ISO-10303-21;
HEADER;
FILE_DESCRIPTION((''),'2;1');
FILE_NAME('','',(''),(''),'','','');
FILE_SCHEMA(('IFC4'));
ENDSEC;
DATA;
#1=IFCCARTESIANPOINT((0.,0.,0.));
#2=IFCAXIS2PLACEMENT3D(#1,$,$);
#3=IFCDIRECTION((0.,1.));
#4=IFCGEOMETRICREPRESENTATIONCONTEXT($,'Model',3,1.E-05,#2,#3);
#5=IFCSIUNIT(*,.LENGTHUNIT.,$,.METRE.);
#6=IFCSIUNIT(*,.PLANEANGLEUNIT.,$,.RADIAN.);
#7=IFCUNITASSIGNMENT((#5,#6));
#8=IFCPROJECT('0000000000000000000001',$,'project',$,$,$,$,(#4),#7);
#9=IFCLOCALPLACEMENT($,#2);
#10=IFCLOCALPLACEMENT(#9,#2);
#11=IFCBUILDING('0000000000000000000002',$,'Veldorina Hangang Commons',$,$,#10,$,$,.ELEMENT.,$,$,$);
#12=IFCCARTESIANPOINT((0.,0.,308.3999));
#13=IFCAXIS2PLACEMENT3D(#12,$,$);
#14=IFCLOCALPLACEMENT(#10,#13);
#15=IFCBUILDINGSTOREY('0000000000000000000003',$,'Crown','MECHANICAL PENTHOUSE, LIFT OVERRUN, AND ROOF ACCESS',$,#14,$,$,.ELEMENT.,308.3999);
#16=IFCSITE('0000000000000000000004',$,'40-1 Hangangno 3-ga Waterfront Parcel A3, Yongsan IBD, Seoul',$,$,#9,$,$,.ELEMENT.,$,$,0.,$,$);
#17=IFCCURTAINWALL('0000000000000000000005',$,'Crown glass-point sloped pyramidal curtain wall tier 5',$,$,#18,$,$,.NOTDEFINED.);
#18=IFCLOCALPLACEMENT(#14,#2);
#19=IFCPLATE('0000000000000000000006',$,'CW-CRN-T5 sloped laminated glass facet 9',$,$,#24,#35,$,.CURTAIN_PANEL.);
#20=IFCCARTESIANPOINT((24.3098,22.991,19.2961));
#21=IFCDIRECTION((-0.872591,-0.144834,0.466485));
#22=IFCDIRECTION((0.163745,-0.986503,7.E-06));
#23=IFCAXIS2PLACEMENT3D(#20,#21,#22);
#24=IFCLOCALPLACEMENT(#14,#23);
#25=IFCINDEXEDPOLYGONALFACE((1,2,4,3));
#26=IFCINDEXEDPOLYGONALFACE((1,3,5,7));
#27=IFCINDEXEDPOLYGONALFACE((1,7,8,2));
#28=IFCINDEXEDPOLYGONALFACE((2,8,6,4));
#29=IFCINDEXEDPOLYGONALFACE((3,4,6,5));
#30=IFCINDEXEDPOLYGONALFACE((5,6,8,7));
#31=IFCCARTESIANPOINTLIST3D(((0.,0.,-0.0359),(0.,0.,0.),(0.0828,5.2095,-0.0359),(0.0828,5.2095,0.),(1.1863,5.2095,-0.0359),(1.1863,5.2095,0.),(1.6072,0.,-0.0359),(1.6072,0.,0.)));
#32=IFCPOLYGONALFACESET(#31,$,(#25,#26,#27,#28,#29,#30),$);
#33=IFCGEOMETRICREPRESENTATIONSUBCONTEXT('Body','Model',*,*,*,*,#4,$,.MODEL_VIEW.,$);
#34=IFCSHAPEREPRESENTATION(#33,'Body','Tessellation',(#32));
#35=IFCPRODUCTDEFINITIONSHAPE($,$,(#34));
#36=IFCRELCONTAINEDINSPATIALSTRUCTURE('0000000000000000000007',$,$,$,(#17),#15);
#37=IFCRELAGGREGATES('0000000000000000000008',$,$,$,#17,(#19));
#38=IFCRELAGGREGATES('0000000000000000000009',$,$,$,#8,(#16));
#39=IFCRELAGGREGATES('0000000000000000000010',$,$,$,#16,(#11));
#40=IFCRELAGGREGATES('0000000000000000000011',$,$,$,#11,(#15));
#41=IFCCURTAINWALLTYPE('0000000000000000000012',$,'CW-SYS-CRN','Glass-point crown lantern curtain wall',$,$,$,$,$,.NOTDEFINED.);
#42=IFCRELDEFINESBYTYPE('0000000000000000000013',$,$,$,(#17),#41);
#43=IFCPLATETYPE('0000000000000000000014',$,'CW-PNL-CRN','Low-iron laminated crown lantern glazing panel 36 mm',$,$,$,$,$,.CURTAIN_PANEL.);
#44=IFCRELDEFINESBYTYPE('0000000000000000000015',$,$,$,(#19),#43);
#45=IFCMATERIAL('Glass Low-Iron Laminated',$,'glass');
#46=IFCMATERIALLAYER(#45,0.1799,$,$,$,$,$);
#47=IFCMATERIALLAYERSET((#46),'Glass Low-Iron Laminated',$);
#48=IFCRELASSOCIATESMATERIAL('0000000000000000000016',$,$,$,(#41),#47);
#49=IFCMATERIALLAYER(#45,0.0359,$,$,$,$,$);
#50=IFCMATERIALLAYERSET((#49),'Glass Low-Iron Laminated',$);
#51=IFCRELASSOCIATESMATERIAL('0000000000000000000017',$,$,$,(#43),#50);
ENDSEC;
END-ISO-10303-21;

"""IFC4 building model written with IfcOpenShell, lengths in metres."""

from ifc_helpers import new_model, si_unit, direction, frame, origin, place, context, subcontext, project, spatial, polyline, outline, extrude, material, layer, layer_set, type_object, element, aggregate, save


model = new_model("IFC4")

# Units and contexts
model_context = context("Model", 3, precision=1e-05, world=origin(), true_north=direction((0.0, 1.0)))
body_context = subcontext(model_context, "Body", "Model", "MODEL_VIEW")
ifc_project = project(units=[si_unit("LENGTHUNIT", "METRE"), si_unit("PLANEANGLEUNIT", "RADIAN")], contexts=[model_context])

# Site, building, storey
site_placement = place(None, origin())
site = spatial("IfcSite", under=ifc_project, at=site_placement, Name="40-1 Hangangno 3-ga Waterfront Parcel A3, Yongsan IBD, Seoul", CompositionType="ELEMENT", RefElevation=0.0)
building_placement = place(site_placement, origin())
building = spatial("IfcBuilding", under=site, at=building_placement, Name="Veldorina Hangang Commons", CompositionType="ELEMENT")
storey_placement = place(building_placement, frame((0.0, 0.0, 308.3999)))
storey = spatial("IfcBuildingStorey", under=building, at=storey_placement, Name="Crown", Description="MECHANICAL PENTHOUSE, LIFT OVERRUN, AND ROOF ACCESS", CompositionType="ELEMENT", Elevation=308.3999)

# Curtain wall
ifc_material_1 = material(Name="Glass Low-Iron Laminated", Category="glass")
ifc_layer_1 = layer(ifc_material_1, 0.1799)
ifc_layer_set_1 = layer_set([ifc_layer_1], Name="Glass Low-Iron Laminated")
curtain_wall_type = type_object("IfcCurtainWallType", Name="CW-SYS-CRN", Description="Glass-point crown lantern curtain wall", PredefinedType="NOTDEFINED", material=ifc_layer_set_1)
curtain_wall_1_placement = place(storey_placement, origin())
curtain_wall_1 = element("IfcCurtainWall", 1, at=curtain_wall_1_placement, inside=storey, type_object=curtain_wall_type, Name="Crown glass-point sloped pyramidal curtain wall tier 5", PredefinedType="NOTDEFINED")

# Plate
ifc_layer_2 = layer(ifc_material_1, 0.0359)
ifc_layer_set_2 = layer_set([ifc_layer_2], Name="Glass Low-Iron Laminated")
plate_type_1 = type_object("IfcPlateType", Name="CW-PNL-CRN", Description="Low-iron laminated crown lantern glazing panel 36 mm", PredefinedType="CURTAIN_PANEL", material=ifc_layer_set_2)
plate_1_placement = place(storey_placement, frame((24.3098, 22.991, 19.2961), z_axis=(-0.872591, -0.144834, 0.466485), x_axis=(0.163745, -0.986503, 0.000007)))
plate_1 = element("IfcPlate", 2, at=plate_1_placement, type_object=plate_type_1, Name="CW-CRN-T5 sloped laminated glass facet 9", PredefinedType="CURTAIN_PANEL", context=body_context, shape_type="SweptSolid", body=[
    extrude(outline(polyline([(0.0, 0.0), (1.6072, 0.0), (1.1863, 5.2095), (0.0828, 5.2095), (0.0, 0.0)])), origin(), (0.0, 0.0, -1.0), 0.0359),
])
aggregate(curtain_wall_1, [plate_1])

save(model, "model.ifc")
